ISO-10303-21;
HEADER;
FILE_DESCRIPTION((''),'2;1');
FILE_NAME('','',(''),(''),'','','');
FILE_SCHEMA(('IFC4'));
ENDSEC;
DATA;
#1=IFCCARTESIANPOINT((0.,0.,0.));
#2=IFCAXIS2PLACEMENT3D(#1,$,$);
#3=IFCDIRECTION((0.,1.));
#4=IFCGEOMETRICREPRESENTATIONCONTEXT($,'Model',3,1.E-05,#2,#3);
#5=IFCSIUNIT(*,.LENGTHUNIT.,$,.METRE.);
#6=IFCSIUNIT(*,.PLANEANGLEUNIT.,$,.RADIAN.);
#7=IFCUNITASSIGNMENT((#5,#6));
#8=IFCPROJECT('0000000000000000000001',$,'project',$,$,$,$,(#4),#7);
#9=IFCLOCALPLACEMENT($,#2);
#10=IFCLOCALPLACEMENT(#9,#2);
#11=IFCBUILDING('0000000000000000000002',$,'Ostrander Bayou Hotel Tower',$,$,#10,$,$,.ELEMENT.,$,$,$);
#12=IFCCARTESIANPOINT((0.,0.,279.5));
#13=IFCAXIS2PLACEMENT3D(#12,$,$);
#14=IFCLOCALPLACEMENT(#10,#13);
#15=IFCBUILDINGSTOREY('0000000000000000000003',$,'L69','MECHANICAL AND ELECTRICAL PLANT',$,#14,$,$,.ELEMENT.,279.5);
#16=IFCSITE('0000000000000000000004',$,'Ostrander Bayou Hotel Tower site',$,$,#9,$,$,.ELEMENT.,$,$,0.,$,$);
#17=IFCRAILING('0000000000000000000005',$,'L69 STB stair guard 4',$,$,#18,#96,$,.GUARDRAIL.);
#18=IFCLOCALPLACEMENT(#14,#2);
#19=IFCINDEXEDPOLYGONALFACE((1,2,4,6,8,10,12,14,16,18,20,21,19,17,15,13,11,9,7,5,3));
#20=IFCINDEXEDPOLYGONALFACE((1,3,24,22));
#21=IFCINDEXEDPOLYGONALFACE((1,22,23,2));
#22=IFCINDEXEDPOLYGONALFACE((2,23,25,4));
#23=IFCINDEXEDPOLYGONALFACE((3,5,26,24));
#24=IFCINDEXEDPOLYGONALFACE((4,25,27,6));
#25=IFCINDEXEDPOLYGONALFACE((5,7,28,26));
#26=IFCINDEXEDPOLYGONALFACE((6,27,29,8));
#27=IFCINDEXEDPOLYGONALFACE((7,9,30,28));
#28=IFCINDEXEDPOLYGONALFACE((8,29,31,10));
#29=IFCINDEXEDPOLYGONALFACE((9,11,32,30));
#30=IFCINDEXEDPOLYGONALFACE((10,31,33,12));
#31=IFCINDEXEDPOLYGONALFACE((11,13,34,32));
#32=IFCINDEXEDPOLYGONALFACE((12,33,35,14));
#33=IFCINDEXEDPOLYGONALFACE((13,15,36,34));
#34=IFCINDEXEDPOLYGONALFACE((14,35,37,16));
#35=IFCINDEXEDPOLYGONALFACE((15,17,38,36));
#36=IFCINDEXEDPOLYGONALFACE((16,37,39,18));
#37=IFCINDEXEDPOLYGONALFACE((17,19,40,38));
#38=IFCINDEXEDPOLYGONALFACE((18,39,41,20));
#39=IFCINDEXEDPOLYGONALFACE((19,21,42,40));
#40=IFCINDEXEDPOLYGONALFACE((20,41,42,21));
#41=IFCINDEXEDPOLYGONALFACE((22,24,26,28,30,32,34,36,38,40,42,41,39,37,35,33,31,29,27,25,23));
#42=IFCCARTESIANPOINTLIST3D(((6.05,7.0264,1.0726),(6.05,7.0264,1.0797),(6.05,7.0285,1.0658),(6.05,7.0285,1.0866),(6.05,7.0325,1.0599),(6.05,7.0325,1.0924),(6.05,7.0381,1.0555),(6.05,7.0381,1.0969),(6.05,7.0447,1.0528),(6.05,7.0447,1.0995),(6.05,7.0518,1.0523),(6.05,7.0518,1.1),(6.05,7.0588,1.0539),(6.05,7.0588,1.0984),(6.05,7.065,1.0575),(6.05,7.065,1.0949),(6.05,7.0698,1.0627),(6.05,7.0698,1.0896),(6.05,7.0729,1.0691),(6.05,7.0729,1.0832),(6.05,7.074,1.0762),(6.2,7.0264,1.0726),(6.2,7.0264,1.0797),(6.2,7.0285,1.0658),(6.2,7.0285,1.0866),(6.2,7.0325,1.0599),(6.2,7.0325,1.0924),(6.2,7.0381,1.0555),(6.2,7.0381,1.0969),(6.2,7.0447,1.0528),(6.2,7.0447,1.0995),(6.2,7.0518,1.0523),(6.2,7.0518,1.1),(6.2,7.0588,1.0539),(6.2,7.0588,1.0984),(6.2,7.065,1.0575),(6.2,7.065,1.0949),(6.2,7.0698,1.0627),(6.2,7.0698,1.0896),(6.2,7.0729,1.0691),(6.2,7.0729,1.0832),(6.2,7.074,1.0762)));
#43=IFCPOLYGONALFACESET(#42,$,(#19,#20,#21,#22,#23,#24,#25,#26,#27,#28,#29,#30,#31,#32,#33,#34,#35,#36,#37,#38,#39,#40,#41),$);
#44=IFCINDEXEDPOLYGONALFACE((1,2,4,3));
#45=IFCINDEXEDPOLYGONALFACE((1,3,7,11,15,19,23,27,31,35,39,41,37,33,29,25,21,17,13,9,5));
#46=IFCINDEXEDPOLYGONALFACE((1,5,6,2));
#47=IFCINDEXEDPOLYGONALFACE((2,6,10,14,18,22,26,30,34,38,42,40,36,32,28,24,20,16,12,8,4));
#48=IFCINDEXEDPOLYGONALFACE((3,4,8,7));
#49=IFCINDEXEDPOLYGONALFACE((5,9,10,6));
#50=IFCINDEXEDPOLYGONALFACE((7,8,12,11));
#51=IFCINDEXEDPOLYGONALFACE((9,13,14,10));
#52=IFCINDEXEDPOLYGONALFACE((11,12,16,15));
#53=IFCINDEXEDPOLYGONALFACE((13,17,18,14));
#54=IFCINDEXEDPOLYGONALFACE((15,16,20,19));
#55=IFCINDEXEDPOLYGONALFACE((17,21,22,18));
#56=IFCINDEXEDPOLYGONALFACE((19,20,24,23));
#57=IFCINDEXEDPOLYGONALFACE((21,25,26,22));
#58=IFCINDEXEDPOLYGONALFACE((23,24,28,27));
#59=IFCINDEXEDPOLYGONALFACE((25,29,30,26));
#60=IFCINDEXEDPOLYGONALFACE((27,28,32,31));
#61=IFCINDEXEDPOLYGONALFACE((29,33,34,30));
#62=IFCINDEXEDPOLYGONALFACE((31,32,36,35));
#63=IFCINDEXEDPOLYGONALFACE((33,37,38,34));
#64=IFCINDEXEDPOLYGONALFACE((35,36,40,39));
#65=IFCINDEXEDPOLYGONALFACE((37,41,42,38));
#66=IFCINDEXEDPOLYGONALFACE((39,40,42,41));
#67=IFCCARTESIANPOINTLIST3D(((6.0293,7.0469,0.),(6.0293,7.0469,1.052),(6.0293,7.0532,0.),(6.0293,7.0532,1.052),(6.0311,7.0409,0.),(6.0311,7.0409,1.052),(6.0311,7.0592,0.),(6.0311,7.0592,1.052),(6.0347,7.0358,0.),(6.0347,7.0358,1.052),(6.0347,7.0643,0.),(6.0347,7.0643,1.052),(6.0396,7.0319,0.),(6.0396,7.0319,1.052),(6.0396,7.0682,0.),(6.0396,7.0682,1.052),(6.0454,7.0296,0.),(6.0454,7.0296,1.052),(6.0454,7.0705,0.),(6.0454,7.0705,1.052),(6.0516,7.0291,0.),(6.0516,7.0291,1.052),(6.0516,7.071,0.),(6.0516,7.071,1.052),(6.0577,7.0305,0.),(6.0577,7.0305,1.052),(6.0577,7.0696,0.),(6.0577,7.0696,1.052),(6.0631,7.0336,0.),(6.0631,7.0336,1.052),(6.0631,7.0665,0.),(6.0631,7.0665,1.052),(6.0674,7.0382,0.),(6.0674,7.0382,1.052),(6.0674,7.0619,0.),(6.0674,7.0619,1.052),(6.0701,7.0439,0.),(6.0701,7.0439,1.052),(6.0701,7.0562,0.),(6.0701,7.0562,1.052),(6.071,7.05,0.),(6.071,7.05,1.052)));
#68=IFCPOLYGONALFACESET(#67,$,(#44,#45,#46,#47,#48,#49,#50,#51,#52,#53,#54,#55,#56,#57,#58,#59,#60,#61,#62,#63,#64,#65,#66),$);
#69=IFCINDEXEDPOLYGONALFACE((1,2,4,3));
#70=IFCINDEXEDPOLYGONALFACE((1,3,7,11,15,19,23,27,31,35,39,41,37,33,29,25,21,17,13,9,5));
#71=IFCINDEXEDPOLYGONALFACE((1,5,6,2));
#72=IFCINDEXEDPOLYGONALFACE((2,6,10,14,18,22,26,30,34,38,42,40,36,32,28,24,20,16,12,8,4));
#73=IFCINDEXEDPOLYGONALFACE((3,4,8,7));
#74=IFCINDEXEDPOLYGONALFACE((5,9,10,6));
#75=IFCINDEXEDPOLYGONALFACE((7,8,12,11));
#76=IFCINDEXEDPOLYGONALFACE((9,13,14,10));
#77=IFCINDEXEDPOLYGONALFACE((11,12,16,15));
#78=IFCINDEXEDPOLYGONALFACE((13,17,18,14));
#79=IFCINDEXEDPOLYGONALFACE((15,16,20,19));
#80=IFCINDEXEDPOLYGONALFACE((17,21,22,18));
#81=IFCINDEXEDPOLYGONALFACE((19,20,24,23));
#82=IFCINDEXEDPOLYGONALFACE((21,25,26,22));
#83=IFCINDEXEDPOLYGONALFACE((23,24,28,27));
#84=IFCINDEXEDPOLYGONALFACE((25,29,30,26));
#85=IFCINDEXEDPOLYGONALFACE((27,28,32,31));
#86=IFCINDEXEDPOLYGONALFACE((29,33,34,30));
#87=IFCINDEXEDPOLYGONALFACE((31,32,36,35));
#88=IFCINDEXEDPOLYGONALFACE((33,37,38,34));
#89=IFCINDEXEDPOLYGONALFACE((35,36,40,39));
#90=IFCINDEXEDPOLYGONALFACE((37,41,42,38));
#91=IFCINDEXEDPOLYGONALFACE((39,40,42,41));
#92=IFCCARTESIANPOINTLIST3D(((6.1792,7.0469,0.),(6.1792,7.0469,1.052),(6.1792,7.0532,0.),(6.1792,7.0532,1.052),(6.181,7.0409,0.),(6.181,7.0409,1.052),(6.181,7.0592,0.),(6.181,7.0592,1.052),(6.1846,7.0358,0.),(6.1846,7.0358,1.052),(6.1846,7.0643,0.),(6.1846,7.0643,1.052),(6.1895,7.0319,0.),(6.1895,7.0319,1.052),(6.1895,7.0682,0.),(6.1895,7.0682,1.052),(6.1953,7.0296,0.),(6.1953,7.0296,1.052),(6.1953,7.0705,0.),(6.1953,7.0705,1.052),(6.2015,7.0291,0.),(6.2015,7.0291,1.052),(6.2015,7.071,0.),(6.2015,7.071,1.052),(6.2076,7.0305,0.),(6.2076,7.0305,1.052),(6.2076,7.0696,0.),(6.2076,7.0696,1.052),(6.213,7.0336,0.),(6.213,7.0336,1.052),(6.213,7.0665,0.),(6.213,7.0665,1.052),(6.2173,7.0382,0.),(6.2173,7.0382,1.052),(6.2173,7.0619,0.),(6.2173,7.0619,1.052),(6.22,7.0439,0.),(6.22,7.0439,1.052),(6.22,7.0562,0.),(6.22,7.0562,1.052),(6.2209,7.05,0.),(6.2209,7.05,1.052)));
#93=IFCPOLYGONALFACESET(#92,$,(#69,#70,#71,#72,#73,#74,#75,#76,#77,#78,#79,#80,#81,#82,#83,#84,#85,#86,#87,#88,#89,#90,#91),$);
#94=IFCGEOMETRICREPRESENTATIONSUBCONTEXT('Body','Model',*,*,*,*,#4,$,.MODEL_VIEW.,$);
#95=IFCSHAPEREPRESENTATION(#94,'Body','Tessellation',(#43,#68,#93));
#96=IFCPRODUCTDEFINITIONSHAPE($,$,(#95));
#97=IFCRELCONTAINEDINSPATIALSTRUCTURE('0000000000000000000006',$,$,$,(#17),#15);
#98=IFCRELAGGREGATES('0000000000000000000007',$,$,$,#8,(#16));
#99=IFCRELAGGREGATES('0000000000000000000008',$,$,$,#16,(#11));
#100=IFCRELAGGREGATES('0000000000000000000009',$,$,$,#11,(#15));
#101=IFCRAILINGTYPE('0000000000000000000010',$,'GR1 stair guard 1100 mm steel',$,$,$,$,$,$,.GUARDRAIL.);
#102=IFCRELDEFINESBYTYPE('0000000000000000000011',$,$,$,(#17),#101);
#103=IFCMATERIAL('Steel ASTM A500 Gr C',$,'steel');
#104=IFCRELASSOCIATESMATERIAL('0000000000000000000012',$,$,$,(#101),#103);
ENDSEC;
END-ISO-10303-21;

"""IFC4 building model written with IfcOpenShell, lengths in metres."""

from ifc_helpers import new_model, si_unit, direction, frame, origin, origin_2d, place, context, subcontext, project, spatial, circle, extrude, material, type_object, element, save


model = new_model("IFC4")

# Units and contexts
model_context = context("Model", 3, precision=1e-05, world=origin(), true_north=direction((0.0, 1.0)))
body_context = subcontext(model_context, "Body", "Model", "MODEL_VIEW")
ifc_project = project(units=[si_unit("LENGTHUNIT", "METRE"), si_unit("PLANEANGLEUNIT", "RADIAN")], contexts=[model_context])

# Site, building, storey
site_placement = place(None, origin())
site = spatial("IfcSite", under=ifc_project, at=site_placement, Name="Ostrander Bayou Hotel Tower site", CompositionType="ELEMENT", RefElevation=0.0)
building_placement = place(site_placement, origin())
building = spatial("IfcBuilding", under=site, at=building_placement, Name="Ostrander Bayou Hotel Tower", CompositionType="ELEMENT")
storey_placement = place(building_placement, frame((0.0, 0.0, 279.5)))
storey = spatial("IfcBuildingStorey", under=building, at=storey_placement, Name="L69", Description="MECHANICAL AND ELECTRICAL PLANT", CompositionType="ELEMENT", Elevation=279.5)

# Railing
ifc_material_1 = material(Name="Steel ASTM A500 Gr C", Category="steel")
railing_type_1 = type_object("IfcRailingType", Name="GR1 stair guard 1100 mm steel", PredefinedType="GUARDRAIL", material=ifc_material_1)
railing_1_placement = place(storey_placement, frame((6.05, 7.05, 0.0)))
element("IfcRailing", 1, at=railing_1_placement, inside=storey, type_object=railing_type_1, Name="L69 STB stair guard 4", PredefinedType="GUARDRAIL", context=body_context, shape_type="SweptSolid", body=[
    extrude(circle(Radius=0.0239, at=origin_2d()), frame((0.0, 0.0, 1.0762), z_axis=(1.0, 0.0, 0.0), x_axis=(0.0, 1.0, 0.0)), (0.0, 0.0, 1.0), 0.1499),
    extrude(circle(Radius=0.021, at=origin_2d()), origin(), (0.0, 0.0, 1.0), 1.052),
    extrude(circle(Radius=0.021, at=origin_2d()), frame((0.1499, 0.0, 0.0)), (0.0, 0.0, 1.0), 1.052),
])

save(model, "model.ifc")
